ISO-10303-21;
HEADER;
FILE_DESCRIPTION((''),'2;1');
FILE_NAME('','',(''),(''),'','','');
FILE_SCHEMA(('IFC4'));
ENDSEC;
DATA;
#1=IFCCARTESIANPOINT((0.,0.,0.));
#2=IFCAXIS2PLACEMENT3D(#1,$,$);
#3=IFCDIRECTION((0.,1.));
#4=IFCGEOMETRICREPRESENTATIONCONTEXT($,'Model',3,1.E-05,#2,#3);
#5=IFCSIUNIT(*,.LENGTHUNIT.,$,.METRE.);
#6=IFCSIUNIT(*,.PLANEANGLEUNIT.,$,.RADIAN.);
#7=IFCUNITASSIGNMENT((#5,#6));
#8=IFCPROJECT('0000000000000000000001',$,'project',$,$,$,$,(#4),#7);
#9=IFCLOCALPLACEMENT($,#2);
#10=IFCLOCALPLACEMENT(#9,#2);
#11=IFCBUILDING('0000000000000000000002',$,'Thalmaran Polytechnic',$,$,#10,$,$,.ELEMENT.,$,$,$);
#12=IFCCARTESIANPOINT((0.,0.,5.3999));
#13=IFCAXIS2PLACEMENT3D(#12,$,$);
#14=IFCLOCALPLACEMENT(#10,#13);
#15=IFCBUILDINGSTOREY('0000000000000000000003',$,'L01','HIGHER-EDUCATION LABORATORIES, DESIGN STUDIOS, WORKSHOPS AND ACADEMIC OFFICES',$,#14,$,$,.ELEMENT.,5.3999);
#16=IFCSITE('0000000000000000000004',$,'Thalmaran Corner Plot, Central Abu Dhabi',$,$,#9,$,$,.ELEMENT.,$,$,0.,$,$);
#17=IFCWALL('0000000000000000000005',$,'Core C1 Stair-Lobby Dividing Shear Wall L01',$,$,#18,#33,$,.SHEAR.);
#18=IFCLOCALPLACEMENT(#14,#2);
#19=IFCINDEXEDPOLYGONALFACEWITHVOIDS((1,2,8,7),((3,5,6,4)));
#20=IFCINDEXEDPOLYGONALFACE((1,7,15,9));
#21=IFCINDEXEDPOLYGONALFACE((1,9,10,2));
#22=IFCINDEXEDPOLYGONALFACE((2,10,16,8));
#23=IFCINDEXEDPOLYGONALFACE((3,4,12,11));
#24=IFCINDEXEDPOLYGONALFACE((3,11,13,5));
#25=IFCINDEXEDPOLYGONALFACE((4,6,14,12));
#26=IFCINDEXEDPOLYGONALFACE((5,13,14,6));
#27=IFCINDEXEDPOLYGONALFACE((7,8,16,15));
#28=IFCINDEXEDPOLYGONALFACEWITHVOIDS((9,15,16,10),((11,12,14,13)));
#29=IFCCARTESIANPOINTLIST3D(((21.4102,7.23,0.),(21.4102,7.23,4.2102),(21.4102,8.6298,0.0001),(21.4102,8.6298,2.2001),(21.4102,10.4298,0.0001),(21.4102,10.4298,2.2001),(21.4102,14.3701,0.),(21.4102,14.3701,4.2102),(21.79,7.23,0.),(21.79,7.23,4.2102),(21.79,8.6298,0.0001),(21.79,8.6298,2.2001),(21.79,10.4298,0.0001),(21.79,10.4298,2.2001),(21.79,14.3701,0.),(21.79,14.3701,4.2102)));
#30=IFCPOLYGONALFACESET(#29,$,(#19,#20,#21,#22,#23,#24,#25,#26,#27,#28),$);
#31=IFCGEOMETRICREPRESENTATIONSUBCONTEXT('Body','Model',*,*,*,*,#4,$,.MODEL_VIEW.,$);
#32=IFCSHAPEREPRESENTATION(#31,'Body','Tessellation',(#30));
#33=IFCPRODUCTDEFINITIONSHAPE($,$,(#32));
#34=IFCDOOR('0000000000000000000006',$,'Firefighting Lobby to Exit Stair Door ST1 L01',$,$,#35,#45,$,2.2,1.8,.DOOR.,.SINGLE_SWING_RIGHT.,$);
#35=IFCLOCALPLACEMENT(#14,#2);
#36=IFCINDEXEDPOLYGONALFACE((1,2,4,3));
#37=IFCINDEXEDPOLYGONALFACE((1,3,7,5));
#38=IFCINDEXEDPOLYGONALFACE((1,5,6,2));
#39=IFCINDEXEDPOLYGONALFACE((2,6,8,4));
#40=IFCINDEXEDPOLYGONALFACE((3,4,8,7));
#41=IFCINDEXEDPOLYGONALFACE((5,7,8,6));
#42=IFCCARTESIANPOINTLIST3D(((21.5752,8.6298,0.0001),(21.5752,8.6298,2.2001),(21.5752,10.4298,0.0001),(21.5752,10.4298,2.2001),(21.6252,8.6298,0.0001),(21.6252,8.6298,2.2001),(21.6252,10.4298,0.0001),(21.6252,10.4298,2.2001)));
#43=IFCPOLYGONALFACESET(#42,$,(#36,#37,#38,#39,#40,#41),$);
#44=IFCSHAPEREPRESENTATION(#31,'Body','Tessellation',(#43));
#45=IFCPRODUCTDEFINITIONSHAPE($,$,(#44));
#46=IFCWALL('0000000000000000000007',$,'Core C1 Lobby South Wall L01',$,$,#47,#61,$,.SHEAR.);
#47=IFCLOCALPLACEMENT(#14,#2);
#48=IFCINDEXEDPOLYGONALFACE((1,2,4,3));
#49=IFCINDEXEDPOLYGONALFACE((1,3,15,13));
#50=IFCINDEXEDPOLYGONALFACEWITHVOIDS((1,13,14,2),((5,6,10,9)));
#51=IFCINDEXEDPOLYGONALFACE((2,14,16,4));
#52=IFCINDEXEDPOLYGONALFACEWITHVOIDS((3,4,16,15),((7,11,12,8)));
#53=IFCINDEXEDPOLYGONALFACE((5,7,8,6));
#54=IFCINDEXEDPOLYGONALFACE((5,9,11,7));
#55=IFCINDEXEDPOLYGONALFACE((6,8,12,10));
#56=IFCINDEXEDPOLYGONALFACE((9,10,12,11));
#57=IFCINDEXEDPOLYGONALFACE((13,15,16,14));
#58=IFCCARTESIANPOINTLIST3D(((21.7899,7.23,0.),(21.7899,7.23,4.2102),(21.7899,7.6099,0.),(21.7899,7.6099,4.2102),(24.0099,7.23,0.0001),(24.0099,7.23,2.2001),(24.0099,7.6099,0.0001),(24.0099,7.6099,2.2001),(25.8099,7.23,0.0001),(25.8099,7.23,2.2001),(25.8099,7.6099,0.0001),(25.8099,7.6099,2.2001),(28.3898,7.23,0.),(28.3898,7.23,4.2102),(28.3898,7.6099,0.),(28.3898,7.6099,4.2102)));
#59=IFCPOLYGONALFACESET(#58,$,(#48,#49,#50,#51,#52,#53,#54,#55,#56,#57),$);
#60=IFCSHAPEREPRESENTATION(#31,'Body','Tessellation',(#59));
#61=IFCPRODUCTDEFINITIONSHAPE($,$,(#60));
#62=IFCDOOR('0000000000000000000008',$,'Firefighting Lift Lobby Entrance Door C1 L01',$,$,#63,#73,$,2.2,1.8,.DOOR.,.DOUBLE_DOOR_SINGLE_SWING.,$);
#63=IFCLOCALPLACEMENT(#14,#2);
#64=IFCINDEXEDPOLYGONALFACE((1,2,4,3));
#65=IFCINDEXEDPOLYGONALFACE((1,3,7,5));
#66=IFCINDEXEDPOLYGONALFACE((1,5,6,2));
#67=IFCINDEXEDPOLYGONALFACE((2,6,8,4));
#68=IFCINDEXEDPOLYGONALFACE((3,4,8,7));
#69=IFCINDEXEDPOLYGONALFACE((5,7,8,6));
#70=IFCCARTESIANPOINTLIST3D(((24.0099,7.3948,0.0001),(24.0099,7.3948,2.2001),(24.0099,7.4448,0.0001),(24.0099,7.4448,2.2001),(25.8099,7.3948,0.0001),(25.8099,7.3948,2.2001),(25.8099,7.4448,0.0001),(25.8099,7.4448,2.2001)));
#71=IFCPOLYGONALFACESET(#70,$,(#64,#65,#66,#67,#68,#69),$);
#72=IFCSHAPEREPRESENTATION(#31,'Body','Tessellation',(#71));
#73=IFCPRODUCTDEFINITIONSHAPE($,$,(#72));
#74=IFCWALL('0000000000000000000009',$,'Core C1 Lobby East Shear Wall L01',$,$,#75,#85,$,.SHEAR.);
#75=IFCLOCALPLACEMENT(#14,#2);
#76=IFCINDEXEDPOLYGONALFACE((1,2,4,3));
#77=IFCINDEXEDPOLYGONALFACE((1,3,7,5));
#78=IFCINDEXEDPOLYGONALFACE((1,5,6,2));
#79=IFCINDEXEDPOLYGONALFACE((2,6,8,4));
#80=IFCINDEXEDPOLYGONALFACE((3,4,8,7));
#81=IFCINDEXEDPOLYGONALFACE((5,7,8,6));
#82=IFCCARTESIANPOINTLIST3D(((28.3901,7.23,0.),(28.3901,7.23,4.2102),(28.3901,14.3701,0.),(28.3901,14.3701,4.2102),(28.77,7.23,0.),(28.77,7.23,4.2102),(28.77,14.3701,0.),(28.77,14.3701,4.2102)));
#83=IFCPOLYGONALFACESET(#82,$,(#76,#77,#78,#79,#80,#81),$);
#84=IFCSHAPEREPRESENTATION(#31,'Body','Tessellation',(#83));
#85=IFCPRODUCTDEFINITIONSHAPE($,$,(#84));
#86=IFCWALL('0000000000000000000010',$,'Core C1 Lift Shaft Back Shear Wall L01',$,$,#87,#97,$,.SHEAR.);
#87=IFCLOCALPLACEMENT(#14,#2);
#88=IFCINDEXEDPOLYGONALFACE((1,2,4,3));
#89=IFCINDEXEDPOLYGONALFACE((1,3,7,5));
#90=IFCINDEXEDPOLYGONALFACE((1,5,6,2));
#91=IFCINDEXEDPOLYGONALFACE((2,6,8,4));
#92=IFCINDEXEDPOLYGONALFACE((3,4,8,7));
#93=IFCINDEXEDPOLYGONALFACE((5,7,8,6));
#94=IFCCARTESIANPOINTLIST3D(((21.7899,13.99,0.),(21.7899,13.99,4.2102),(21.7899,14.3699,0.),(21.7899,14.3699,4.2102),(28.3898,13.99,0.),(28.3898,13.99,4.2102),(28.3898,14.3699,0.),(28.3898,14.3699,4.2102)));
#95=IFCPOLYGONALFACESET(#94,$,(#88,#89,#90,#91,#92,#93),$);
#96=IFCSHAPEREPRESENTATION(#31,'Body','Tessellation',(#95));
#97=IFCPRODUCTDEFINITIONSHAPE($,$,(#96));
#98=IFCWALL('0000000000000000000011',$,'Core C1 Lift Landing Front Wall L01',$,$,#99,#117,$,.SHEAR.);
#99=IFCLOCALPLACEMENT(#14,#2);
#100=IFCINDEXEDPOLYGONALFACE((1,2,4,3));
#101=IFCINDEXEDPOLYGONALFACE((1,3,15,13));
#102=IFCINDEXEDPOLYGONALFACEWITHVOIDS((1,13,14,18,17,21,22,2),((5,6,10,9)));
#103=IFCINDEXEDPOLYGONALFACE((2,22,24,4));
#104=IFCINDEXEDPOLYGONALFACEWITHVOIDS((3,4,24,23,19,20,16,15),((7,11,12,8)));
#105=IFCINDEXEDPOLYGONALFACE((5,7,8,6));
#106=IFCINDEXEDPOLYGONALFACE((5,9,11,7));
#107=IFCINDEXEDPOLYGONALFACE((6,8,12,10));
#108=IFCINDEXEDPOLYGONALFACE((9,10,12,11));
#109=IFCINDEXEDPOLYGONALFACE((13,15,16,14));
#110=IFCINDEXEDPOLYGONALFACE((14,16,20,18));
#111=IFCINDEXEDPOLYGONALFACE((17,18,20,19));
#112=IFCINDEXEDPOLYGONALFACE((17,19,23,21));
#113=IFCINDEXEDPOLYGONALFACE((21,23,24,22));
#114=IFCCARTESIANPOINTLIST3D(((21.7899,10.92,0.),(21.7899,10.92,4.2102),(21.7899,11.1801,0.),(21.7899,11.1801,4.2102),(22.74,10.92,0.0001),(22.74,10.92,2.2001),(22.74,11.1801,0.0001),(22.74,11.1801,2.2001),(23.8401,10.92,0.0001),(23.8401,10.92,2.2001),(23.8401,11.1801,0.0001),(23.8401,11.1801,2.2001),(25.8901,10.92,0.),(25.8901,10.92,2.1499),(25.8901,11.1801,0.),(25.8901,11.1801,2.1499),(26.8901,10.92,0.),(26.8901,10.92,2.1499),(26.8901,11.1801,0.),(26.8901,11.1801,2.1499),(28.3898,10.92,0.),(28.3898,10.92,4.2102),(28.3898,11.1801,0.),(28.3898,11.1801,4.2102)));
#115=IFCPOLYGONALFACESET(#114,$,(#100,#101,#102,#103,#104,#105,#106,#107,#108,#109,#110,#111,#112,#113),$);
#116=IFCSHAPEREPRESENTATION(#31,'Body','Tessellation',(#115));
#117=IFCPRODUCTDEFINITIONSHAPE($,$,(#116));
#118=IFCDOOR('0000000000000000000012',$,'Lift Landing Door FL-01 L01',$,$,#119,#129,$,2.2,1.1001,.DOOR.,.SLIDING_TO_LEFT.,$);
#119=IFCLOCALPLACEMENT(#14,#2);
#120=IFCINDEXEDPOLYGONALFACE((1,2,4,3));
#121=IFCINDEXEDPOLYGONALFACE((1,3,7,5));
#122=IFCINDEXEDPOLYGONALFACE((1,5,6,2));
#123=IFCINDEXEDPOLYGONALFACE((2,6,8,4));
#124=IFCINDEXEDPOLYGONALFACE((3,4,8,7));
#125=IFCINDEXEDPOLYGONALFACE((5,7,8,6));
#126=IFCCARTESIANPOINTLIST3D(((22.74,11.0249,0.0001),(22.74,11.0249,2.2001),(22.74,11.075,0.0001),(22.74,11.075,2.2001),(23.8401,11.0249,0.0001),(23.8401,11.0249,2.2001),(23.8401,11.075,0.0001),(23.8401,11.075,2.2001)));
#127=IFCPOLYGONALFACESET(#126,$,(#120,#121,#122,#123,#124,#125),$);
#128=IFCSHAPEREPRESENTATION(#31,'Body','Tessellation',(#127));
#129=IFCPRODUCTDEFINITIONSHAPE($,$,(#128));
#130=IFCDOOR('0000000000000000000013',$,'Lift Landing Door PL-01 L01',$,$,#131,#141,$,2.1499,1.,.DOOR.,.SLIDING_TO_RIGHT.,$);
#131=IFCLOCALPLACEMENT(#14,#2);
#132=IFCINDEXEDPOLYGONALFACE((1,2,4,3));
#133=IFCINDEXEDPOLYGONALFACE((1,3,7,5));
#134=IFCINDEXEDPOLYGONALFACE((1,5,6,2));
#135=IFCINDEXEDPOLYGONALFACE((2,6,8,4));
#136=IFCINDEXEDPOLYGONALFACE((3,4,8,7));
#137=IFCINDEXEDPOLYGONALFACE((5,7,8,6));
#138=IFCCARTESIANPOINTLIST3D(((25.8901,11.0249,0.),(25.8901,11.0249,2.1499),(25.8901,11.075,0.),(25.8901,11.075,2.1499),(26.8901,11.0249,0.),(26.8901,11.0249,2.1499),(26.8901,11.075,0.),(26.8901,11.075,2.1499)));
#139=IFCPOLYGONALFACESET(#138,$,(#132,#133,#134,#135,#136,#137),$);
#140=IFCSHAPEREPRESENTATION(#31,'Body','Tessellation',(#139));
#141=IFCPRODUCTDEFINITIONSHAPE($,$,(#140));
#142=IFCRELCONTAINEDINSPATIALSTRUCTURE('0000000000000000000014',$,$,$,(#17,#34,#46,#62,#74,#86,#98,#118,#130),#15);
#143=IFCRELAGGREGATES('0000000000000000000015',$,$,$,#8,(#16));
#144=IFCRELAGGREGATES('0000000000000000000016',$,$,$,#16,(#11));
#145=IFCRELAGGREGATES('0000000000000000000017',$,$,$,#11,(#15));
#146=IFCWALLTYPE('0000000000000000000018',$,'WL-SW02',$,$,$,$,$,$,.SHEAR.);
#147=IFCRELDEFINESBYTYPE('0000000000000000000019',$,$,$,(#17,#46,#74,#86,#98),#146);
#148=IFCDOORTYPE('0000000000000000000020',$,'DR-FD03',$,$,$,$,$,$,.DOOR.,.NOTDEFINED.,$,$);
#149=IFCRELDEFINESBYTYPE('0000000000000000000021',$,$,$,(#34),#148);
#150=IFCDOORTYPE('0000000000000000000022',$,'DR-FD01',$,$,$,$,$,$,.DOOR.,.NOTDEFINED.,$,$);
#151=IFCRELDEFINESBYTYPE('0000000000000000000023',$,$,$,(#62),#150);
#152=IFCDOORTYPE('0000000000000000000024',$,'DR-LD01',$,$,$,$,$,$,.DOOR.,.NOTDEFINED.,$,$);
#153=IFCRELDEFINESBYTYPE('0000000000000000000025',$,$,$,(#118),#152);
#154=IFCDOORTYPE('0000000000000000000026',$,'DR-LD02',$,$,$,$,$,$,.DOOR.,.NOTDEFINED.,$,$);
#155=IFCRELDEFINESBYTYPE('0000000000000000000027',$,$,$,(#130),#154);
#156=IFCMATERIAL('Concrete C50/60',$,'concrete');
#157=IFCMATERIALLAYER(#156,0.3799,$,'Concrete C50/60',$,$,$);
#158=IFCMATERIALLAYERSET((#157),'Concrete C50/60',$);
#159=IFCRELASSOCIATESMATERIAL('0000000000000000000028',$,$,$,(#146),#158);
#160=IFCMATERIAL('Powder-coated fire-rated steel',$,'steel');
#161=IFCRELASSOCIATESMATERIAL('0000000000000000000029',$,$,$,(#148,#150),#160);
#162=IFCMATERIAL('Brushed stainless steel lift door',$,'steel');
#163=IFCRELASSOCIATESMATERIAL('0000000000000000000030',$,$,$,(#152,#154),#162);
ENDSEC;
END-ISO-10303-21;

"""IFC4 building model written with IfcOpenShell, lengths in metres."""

from ifc_helpers import new_model, si_unit, direction, frame, frame_2d, origin, place, context, subcontext, project, spatial, rectangle, extrude, material, layer, layer_set, type_object, element, fill, save


model = new_model("IFC4")

# Units and contexts
model_context = context("Model", 3, precision=1e-05, world=origin(), true_north=direction((0.0, 1.0)))
body_context = subcontext(model_context, "Body", "Model", "MODEL_VIEW")
ifc_project = project(units=[si_unit("LENGTHUNIT", "METRE"), si_unit("PLANEANGLEUNIT", "RADIAN")], contexts=[model_context])

# Site, building, storey
site_placement = place(None, origin())
site = spatial("IfcSite", under=ifc_project, at=site_placement, Name="Thalmaran Corner Plot, Central Abu Dhabi", CompositionType="ELEMENT", RefElevation=0.0)
building_placement = place(site_placement, origin())
building = spatial("IfcBuilding", under=site, at=building_placement, Name="Thalmaran Polytechnic", CompositionType="ELEMENT")
storey_placement = place(building_placement, frame((0.0, 0.0, 5.3999)))
storey = spatial("IfcBuildingStorey", under=building, at=storey_placement, Name="L01", Description="HIGHER-EDUCATION LABORATORIES, DESIGN STUDIOS, WORKSHOPS AND ACADEMIC OFFICES", CompositionType="ELEMENT", Elevation=5.3999)

# Shared definitions
ifc_material_1 = material(Name="Concrete C50/60", Category="concrete")

# Walls, openings, doors
ifc_material_2 = material(Name="Powder-coated fire-rated steel", Category="steel")
ifc_layer_1 = layer(ifc_material_1, 0.3799, Name="Concrete C50/60")
ifc_layer_set_1 = layer_set([ifc_layer_1], Name="Concrete C50/60")
wall_type_1 = type_object("IfcWallType", Name="WL-SW02", PredefinedType="SHEAR", material=ifc_layer_set_1)
wall_1_placement = place(storey_placement, frame((21.6001, 7.23, 0.0), z_axis=(0.0, 0.0, 1.0), x_axis=(0.0, 1.0, 0.0)))
wall_1 = element("IfcWall", 1, at=wall_1_placement, inside=storey, type_object=wall_type_1, Name="Core C1 Stair-Lobby Dividing Shear Wall L01", PredefinedType="SHEAR", context=body_context, shape_type="SweptSolid", body=[
    extrude(rectangle(XDim=7.1401, YDim=0.3799, at=frame_2d((3.5701, 0.0))), origin(), (0.0, 0.0, 1.0), 4.2102),
])
opening_1_placement = place(wall_1_placement, frame((1.3999, 0.0, 0.0)))
opening_1 = element("IfcOpeningElement", 2, at=opening_1_placement, cuts=wall_1, PredefinedType="OPENING", context=body_context, shape_type="SweptSolid", body=[
    extrude(rectangle(XDim=1.8, YDim=2.2, at=frame_2d((0.8999, 1.1001))), frame((0.0, 0.2, 0.0), z_axis=(0.0, -1.0, 0.0), x_axis=(1.0, 0.0, 0.0)), (0.0, 0.0, 1.0), 0.3999),
])
door_type_1 = type_object("IfcDoorType", Name="DR-FD03", OperationType="NOTDEFINED", PredefinedType="DOOR", material=ifc_material_2)
door_1_placement = place(opening_1_placement, origin())
door_1 = element("IfcDoor", 3, at=door_1_placement, inside=storey, type_object=door_type_1, Name="Firefighting Lobby to Exit Stair Door ST1 L01", OperationType="SINGLE_SWING_RIGHT", OverallHeight=2.2, OverallWidth=1.8, PredefinedType="DOOR", context=body_context, shape_type="SweptSolid", body=[
    extrude(rectangle(XDim=1.8, YDim=2.2, at=frame_2d((0.8999, 1.1001))), frame((0.0, 0.0249, 0.0), z_axis=(0.0, -1.0, 0.0), x_axis=(1.0, 0.0, 0.0)), (0.0, 0.0, 1.0), 0.05),
])
fill(opening_1, door_1)
wall_2_placement = place(storey_placement, frame((21.79, 7.4199, 0.0), z_axis=(0.0, 0.0, 1.0), x_axis=(1.0, 0.0, 0.0)))
wall_2 = element("IfcWall", 4, at=wall_2_placement, inside=storey, type_object=wall_type_1, Name="Core C1 Lobby South Wall L01", PredefinedType="SHEAR", context=body_context, shape_type="SweptSolid", body=[
    extrude(rectangle(XDim=6.5999, YDim=0.3799, at=frame_2d((3.2998, 0.0))), origin(), (0.0, 0.0, 1.0), 4.2102),
])
opening_2_placement = place(wall_2_placement, frame((2.22, 0.0, 0.0)))
opening_2 = element("IfcOpeningElement", 5, at=opening_2_placement, cuts=wall_2, PredefinedType="OPENING", context=body_context, shape_type="SweptSolid", body=[
    extrude(rectangle(XDim=1.8, YDim=2.2, at=frame_2d((0.8999, 1.1001))), frame((0.0, 0.2, 0.0), z_axis=(0.0, -1.0, 0.0), x_axis=(1.0, 0.0, 0.0)), (0.0, 0.0, 1.0), 0.3999),
])
door_type_2 = type_object("IfcDoorType", Name="DR-FD01", OperationType="NOTDEFINED", PredefinedType="DOOR", material=ifc_material_2)
door_2_placement = place(opening_2_placement, origin())
door_2 = element("IfcDoor", 6, at=door_2_placement, inside=storey, type_object=door_type_2, Name="Firefighting Lift Lobby Entrance Door C1 L01", OperationType="DOUBLE_DOOR_SINGLE_SWING", OverallHeight=2.2, OverallWidth=1.8, PredefinedType="DOOR", context=body_context, shape_type="SweptSolid", body=[
    extrude(rectangle(XDim=1.8, YDim=2.2, at=frame_2d((0.8999, 1.1001))), frame((0.0, 0.0249, 0.0), z_axis=(0.0, -1.0, 0.0), x_axis=(1.0, 0.0, 0.0)), (0.0, 0.0, 1.0), 0.05),
])
fill(opening_2, door_2)

# Walls
wall_3_placement = place(storey_placement, frame((28.5801, 7.23, 0.0), z_axis=(0.0, 0.0, 1.0), x_axis=(0.0, 1.0, 0.0)))
element("IfcWall", 7, at=wall_3_placement, inside=storey, type_object=wall_type_1, Name="Core C1 Lobby East Shear Wall L01", PredefinedType="SHEAR", context=body_context, shape_type="SweptSolid", body=[
    extrude(rectangle(XDim=7.1401, YDim=0.3799, at=frame_2d((3.5701, 0.0))), origin(), (0.0, 0.0, 1.0), 4.2102),
])
wall_4_placement = place(storey_placement, frame((21.79, 14.1799, 0.0), z_axis=(0.0, 0.0, 1.0), x_axis=(1.0, 0.0, 0.0)))
element("IfcWall", 8, at=wall_4_placement, inside=storey, type_object=wall_type_1, Name="Core C1 Lift Shaft Back Shear Wall L01", PredefinedType="SHEAR", context=body_context, shape_type="SweptSolid", body=[
    extrude(rectangle(XDim=6.5999, YDim=0.3799, at=frame_2d((3.2998, 0.0))), origin(), (0.0, 0.0, 1.0), 4.2102),
])

# Wall, openings, doors
wall_5_placement = place(storey_placement, frame((21.79, 11.05, 0.0), z_axis=(0.0, 0.0, 1.0), x_axis=(1.0, 0.0, 0.0)))
wall_5 = element("IfcWall", 9, at=wall_5_placement, inside=storey, type_object=wall_type_1, Name="Core C1 Lift Landing Front Wall L01", PredefinedType="SHEAR", context=body_context, shape_type="SweptSolid", body=[
    extrude(rectangle(XDim=6.5999, YDim=0.26, at=frame_2d((3.2998, 0.0))), origin(), (0.0, 0.0, 1.0), 4.2102),
])
opening_3_placement = place(wall_5_placement, frame((0.95, 0.0, 0.0)))
opening_3 = element("IfcOpeningElement", 10, at=opening_3_placement, cuts=wall_5, PredefinedType="OPENING", context=body_context, shape_type="SweptSolid", body=[
    extrude(rectangle(XDim=1.1001, YDim=2.2, at=frame_2d((0.55, 1.1001))), frame((0.0, 0.1399, 0.0), z_axis=(0.0, -1.0, 0.0), x_axis=(1.0, 0.0, 0.0)), (0.0, 0.0, 1.0), 0.28),
])
opening_4_placement = place(wall_5_placement, frame((4.1001, 0.0, 0.0)))
opening_4 = element("IfcOpeningElement", 11, at=opening_4_placement, cuts=wall_5, PredefinedType="OPENING", context=body_context, shape_type="SweptSolid", body=[
    extrude(rectangle(XDim=1.0, YDim=2.1499, at=frame_2d((0.5, 1.075))), frame((0.0, 0.1399, 0.0), z_axis=(0.0, -1.0, 0.0), x_axis=(1.0, 0.0, 0.0)), (0.0, 0.0, 1.0), 0.28),
])
ifc_material_3 = material(Name="Brushed stainless steel lift door", Category="steel")
door_type_3 = type_object("IfcDoorType", Name="DR-LD01", OperationType="NOTDEFINED", PredefinedType="DOOR", material=ifc_material_3)
door_3_placement = place(opening_3_placement, origin())
door_3 = element("IfcDoor", 12, at=door_3_placement, inside=storey, type_object=door_type_3, Name="Lift Landing Door FL-01 L01", OperationType="SLIDING_TO_LEFT", OverallHeight=2.2, OverallWidth=1.1001, PredefinedType="DOOR", context=body_context, shape_type="SweptSolid", body=[
    extrude(rectangle(XDim=1.1001, YDim=2.2, at=frame_2d((0.55, 1.1001))), frame((0.0, 0.0249, 0.0), z_axis=(0.0, -1.0, 0.0), x_axis=(1.0, 0.0, 0.0)), (0.0, 0.0, 1.0), 0.05),
])
fill(opening_3, door_3)
door_type_4 = type_object("IfcDoorType", Name="DR-LD02", OperationType="NOTDEFINED", PredefinedType="DOOR", material=ifc_material_3)
door_4_placement = place(opening_4_placement, origin())
door_4 = element("IfcDoor", 13, at=door_4_placement, inside=storey, type_object=door_type_4, Name="Lift Landing Door PL-01 L01", OperationType="SLIDING_TO_RIGHT", OverallHeight=2.1499, OverallWidth=1.0, PredefinedType="DOOR", context=body_context, shape_type="SweptSolid", body=[
    extrude(rectangle(XDim=1.0, YDim=2.1499, at=frame_2d((0.5, 1.075))), frame((0.0, 0.0249, 0.0), z_axis=(0.0, -1.0, 0.0), x_axis=(1.0, 0.0, 0.0)), (0.0, 0.0, 1.0), 0.05),
])
fill(opening_4, door_4)

save(model, "model.ifc")
